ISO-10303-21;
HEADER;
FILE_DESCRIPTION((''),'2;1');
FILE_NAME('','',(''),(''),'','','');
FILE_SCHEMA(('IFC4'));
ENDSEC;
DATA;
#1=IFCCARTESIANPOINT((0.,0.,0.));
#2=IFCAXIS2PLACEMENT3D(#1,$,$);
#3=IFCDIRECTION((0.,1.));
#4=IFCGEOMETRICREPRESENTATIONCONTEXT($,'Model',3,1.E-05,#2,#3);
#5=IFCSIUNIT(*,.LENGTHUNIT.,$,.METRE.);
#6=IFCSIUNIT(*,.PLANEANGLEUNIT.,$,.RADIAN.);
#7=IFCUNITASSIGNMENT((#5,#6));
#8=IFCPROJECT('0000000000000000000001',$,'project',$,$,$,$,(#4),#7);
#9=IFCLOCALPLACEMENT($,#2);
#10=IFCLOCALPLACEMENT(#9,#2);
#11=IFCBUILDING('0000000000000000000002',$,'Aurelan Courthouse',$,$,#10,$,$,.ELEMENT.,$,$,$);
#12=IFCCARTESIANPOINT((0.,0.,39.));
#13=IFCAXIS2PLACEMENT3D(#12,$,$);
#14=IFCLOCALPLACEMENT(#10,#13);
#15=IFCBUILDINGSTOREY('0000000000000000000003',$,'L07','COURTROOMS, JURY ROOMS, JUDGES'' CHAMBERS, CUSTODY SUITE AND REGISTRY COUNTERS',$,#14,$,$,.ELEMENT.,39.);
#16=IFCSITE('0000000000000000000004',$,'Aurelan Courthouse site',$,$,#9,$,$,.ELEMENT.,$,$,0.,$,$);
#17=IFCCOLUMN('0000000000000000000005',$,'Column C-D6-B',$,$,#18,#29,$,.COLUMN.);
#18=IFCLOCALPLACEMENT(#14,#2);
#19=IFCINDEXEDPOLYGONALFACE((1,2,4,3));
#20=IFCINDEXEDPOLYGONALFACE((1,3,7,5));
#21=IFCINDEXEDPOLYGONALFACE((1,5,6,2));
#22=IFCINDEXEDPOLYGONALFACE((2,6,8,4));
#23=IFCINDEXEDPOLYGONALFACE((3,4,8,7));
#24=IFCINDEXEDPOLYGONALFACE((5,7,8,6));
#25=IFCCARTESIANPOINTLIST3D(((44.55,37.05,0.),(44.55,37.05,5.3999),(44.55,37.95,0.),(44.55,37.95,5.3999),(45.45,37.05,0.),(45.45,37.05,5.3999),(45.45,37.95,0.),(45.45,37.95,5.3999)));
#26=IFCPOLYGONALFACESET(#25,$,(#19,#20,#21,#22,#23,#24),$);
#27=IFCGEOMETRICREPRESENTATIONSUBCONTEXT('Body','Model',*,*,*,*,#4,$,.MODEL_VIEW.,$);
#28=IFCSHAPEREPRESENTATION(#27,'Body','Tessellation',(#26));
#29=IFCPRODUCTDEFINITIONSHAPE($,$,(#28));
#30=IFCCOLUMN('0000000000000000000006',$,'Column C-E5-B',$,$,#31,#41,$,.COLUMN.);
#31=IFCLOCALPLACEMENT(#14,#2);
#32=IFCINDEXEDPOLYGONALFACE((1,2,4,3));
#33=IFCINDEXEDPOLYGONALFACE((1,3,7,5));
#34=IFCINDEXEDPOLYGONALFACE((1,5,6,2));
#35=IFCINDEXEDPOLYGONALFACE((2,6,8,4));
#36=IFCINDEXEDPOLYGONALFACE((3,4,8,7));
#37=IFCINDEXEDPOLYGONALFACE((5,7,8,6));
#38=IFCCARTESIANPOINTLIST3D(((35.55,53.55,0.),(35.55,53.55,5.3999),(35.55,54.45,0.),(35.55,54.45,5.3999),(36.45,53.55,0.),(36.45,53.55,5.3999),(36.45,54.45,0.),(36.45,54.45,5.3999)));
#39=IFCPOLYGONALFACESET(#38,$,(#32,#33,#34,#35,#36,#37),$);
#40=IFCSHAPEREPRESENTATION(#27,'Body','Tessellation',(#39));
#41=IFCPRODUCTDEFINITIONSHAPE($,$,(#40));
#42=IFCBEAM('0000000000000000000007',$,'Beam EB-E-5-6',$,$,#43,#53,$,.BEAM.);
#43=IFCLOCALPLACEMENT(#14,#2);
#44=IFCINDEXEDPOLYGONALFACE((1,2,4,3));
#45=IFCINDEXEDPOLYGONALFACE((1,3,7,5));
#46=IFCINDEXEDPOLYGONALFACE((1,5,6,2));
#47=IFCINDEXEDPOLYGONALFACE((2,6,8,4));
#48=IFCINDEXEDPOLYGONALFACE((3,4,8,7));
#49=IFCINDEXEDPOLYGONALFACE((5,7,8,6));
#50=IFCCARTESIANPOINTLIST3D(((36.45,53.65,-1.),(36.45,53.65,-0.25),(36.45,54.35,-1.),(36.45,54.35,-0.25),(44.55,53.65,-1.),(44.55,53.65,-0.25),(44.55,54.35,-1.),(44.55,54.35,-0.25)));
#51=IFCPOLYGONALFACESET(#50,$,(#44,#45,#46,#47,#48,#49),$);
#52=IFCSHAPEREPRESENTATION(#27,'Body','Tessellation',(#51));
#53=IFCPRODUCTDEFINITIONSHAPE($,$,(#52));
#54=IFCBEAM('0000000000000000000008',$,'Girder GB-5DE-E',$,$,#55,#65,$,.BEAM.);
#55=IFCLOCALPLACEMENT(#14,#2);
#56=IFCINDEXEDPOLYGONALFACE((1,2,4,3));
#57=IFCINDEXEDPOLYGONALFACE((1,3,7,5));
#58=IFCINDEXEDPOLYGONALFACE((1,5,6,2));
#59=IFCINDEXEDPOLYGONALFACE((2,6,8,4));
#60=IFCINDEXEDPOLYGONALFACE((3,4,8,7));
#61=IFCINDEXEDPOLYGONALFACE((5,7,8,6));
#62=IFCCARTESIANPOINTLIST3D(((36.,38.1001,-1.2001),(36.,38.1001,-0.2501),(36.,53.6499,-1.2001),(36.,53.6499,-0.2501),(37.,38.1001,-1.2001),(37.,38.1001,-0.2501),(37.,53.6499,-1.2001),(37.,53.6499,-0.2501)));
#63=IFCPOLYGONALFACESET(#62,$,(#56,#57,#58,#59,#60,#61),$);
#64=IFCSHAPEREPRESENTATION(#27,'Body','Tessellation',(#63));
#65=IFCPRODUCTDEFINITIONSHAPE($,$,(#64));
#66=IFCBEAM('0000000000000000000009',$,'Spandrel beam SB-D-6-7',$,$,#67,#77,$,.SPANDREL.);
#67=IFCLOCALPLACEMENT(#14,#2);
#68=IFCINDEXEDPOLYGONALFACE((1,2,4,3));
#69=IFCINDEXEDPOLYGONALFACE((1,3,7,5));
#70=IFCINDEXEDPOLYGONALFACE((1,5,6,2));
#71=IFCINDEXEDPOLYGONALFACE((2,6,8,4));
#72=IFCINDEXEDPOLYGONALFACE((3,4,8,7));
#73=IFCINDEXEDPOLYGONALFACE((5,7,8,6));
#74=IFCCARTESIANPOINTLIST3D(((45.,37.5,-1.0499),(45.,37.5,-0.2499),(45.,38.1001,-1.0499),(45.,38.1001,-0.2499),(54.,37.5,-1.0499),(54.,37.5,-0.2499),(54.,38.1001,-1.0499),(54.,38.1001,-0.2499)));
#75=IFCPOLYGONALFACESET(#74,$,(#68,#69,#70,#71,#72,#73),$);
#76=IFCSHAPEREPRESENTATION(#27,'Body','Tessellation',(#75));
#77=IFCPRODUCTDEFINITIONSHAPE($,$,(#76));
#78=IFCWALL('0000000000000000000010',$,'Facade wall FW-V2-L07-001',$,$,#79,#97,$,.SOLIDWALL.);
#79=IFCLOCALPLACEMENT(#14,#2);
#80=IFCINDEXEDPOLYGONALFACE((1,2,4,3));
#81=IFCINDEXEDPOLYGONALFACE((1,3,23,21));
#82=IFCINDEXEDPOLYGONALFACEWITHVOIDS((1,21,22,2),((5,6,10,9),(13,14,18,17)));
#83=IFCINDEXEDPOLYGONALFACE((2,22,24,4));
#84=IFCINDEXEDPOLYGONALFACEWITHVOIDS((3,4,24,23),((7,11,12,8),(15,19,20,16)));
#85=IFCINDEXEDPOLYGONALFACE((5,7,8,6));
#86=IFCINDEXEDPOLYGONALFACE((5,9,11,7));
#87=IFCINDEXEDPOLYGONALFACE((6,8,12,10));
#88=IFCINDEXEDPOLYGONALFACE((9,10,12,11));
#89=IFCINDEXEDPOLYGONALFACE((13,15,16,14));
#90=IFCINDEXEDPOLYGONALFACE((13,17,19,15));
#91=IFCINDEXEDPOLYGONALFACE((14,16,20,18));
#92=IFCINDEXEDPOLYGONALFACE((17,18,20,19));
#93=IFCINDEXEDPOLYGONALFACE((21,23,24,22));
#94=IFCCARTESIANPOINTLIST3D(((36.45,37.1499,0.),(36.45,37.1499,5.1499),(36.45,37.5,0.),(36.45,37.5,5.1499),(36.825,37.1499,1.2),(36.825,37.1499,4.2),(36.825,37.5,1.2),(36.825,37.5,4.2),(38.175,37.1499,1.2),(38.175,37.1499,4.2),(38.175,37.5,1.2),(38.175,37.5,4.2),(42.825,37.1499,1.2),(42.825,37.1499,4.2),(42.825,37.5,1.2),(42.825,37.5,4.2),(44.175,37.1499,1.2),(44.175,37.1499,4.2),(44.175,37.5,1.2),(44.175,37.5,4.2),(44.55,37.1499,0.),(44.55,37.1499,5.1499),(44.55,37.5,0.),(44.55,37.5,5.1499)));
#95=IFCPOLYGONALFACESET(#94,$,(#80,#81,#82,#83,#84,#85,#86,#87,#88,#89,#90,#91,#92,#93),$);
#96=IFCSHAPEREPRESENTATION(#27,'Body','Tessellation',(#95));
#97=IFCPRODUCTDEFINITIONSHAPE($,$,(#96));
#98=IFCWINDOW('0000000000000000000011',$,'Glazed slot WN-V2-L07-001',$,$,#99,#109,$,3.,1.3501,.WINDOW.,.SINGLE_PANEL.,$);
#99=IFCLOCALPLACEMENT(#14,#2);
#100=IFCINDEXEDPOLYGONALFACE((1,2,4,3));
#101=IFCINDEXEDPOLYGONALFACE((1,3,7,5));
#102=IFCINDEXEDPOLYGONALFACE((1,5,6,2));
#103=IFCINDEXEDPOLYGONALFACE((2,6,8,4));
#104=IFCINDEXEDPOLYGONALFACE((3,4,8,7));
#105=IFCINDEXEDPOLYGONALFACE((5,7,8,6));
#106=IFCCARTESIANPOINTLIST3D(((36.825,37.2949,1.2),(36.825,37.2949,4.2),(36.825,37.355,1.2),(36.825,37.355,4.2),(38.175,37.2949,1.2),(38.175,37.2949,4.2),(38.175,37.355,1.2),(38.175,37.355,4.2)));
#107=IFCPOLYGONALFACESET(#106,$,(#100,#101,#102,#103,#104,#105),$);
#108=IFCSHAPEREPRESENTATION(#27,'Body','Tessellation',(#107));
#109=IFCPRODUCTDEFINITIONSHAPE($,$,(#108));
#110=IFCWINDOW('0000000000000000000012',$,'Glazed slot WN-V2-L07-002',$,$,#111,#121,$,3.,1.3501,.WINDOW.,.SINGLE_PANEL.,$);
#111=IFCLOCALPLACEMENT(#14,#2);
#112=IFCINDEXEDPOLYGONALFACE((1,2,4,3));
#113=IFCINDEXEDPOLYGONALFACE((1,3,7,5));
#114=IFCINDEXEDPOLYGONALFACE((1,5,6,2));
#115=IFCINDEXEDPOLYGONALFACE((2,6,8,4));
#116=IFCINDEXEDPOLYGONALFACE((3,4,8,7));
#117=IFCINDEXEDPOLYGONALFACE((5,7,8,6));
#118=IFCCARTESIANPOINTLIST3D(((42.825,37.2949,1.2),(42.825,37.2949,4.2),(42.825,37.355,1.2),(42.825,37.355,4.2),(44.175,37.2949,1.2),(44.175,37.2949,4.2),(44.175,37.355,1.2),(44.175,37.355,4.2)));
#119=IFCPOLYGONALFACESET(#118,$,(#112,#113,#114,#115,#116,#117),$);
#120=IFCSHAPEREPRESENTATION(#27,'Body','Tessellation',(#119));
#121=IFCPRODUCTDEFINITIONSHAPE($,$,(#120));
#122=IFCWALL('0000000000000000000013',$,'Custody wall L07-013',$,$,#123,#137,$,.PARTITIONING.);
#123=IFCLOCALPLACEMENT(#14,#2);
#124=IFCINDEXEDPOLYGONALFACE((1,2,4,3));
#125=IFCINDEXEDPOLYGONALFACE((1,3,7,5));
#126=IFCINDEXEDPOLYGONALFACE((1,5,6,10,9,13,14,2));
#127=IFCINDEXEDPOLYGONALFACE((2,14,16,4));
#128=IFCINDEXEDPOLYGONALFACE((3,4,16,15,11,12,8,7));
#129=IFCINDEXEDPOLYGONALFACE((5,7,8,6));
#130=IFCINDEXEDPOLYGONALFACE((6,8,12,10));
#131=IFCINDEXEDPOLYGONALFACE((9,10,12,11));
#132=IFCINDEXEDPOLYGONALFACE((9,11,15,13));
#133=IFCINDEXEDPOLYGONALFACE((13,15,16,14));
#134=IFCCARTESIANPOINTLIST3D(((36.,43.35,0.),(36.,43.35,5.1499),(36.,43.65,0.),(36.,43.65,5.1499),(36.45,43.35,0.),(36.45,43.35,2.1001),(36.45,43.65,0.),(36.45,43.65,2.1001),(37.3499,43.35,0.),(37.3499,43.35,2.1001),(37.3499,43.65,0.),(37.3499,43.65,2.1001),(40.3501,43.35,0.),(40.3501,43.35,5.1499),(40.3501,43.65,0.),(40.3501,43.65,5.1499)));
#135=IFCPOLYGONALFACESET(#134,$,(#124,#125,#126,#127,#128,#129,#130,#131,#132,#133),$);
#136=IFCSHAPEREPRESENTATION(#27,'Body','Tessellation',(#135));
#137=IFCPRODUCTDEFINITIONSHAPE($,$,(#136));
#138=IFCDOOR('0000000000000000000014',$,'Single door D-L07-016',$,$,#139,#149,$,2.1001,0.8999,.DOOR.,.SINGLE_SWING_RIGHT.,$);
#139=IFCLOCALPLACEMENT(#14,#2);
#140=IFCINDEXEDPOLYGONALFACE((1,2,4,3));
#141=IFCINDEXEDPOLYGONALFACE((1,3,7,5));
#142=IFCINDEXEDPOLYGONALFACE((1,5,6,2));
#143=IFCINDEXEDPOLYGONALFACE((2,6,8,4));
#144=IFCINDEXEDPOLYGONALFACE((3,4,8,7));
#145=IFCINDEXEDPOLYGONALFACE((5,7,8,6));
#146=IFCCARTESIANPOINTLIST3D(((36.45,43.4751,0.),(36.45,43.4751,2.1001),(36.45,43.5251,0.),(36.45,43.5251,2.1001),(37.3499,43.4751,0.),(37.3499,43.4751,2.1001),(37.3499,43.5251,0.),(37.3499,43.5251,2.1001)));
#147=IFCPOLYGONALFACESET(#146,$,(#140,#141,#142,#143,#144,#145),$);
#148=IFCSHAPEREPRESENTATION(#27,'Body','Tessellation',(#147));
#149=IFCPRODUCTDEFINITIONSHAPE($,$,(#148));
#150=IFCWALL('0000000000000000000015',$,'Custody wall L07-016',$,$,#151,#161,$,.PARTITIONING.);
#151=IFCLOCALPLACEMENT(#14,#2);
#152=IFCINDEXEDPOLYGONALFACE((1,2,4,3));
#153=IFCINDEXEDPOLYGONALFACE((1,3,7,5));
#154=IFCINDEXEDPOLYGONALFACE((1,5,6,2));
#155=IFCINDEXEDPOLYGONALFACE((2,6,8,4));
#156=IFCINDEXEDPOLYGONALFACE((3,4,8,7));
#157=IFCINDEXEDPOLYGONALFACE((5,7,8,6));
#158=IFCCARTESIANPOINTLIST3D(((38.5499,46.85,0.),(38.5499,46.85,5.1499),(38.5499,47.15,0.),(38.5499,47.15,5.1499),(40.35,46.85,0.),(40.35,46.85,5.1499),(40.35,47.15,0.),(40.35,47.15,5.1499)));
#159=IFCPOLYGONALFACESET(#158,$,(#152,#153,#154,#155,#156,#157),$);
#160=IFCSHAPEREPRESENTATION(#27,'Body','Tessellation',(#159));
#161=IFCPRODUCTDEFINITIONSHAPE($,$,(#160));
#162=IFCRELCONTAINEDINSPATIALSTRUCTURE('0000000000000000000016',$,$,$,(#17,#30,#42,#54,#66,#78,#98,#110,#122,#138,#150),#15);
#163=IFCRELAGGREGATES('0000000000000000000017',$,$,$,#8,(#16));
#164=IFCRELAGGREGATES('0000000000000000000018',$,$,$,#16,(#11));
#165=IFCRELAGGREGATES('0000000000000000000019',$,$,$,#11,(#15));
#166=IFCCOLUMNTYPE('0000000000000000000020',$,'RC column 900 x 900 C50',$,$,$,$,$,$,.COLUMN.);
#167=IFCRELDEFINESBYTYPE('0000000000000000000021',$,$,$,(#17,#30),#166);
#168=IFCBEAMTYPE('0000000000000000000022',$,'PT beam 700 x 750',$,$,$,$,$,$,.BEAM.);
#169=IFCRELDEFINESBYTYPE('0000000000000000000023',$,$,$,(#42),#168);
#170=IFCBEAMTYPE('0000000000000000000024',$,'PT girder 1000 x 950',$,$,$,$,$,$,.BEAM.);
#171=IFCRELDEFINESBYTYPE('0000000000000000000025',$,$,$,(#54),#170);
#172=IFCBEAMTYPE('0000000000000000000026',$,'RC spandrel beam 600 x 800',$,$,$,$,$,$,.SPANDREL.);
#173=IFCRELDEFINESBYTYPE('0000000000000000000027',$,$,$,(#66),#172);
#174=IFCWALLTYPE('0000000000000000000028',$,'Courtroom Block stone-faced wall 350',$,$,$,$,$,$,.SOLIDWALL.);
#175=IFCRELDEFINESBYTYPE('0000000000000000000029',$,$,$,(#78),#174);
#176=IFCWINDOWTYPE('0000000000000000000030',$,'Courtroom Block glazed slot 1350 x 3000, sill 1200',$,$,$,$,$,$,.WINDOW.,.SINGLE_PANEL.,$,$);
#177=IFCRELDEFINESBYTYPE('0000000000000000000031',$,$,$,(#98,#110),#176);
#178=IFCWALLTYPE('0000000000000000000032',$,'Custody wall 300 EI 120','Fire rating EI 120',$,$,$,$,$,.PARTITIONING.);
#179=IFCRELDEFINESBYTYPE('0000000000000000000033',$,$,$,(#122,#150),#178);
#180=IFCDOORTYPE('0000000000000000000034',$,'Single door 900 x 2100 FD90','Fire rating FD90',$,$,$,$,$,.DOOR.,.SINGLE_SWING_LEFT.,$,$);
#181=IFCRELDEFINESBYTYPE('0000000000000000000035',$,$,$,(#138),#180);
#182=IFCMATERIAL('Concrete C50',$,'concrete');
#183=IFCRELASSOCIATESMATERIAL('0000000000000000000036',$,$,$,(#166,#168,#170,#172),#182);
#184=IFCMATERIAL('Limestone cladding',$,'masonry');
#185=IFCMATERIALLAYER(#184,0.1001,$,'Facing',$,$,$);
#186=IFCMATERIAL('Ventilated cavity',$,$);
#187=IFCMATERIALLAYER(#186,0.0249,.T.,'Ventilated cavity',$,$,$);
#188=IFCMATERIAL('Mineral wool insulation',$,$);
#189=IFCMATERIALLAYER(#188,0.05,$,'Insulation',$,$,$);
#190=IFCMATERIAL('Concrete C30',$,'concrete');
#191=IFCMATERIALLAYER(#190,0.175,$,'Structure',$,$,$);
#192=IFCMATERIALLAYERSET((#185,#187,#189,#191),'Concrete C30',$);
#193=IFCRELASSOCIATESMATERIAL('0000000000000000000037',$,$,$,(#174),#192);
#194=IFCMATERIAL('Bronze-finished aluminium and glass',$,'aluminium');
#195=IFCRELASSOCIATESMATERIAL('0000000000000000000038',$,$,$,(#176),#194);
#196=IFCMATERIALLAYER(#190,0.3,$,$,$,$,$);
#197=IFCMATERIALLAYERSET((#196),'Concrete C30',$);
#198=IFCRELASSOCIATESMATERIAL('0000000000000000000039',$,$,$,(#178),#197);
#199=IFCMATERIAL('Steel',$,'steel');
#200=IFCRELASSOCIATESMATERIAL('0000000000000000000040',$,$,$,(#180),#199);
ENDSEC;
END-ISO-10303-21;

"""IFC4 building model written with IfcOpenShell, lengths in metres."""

from ifc_helpers import new_model, si_unit, direction, frame, frame_2d, origin, origin_2d, place, context, subcontext, project, spatial, rectangle, extrude, material, layer, layer_set, material_profile, profile_set, type_object, element, fill, save


model = new_model("IFC4")

# Units and contexts
model_context = context("Model", 3, precision=1e-05, world=origin(), true_north=direction((0.0, 1.0)))
body_context = subcontext(model_context, "Body", "Model", "MODEL_VIEW")
ifc_project = project(units=[si_unit("LENGTHUNIT", "METRE"), si_unit("PLANEANGLEUNIT", "RADIAN")], contexts=[model_context])

# Site, building, storey
site_placement = place(None, origin())
site = spatial("IfcSite", under=ifc_project, at=site_placement, Name="Aurelan Courthouse site", CompositionType="ELEMENT", RefElevation=0.0)
building_placement = place(site_placement, origin())
building = spatial("IfcBuilding", under=site, at=building_placement, Name="Aurelan Courthouse", CompositionType="ELEMENT")
storey_placement = place(building_placement, frame((0.0, 0.0, 39.0)))
storey = spatial("IfcBuildingStorey", under=building, at=storey_placement, Name="L07", Description="COURTROOMS, JURY ROOMS, JUDGES' CHAMBERS, CUSTODY SUITE AND REGISTRY COUNTERS", CompositionType="ELEMENT", Elevation=39.0)

# Columns
ifc_material_1 = material(Name="Concrete C50", Category="concrete")
ifc_material_profile_1 = material_profile(ifc_material_1, rectangle(XDim=0.8999, YDim=0.8999, at=origin_2d()), Name="RC 900 x 900")
ifc_profile_set_1 = profile_set([ifc_material_profile_1], Name="Concrete C50")
column_type = type_object("IfcColumnType", Name="RC column 900 x 900 C50", PredefinedType="COLUMN", material=ifc_profile_set_1)
for number, where, z_axis, x_axis, name in (
    (1, (45.0, 37.5, 0.0), (0.0, 0.0, 1.0), (1.0, 0.0, 0.0), "Column C-D6-B"),
    (2, (36.0, 54.0, 0.0), (0.0, 0.0, 1.0), (1.0, 0.0, 0.0), "Column C-E5-B"),
):
    element("IfcColumn", number, at=place(storey_placement, frame(where, z_axis=z_axis, x_axis=x_axis)), inside=storey, type_object=column_type, Name=name, PredefinedType="COLUMN", context=body_context, shape_type="SweptSolid", body=[
        extrude(rectangle(XDim=0.8999, YDim=0.8999, at=origin_2d()), origin(), (0.0, 0.0, 1.0), 5.3999),
    ])

# Beams
ifc_material_profile_2 = material_profile(ifc_material_1, rectangle(XDim=0.7, YDim=0.75, at=origin_2d()), Name="RC 700 x 750")
ifc_profile_set_2 = profile_set([ifc_material_profile_2], Name="Concrete C50")
beam_type_1 = type_object("IfcBeamType", Name="PT beam 700 x 750", PredefinedType="BEAM", material=ifc_profile_set_2)
beam_1_placement = place(storey_placement, frame((36.45, 54.0, -0.625), z_axis=(1.0, 0.0, 0.0), x_axis=(0.0, 1.0, 0.0)))
element("IfcBeam", 3, at=beam_1_placement, inside=storey, type_object=beam_type_1, Name="Beam EB-E-5-6", PredefinedType="BEAM", context=body_context, shape_type="SweptSolid", body=[
    extrude(rectangle(XDim=0.7, YDim=0.75, at=origin_2d()), origin(), (0.0, 0.0, 1.0), 8.1001),
])
ifc_material_profile_3 = material_profile(ifc_material_1, rectangle(XDim=1.0, YDim=0.95, at=origin_2d()), Name="RC 1000 x 950")
ifc_profile_set_3 = profile_set([ifc_material_profile_3], Name="Concrete C50")
beam_type_2 = type_object("IfcBeamType", Name="PT girder 1000 x 950", PredefinedType="BEAM", material=ifc_profile_set_3)
beam_2_placement = place(storey_placement, frame((36.5, 38.1001, -0.7251), z_axis=(0.0, 1.0, 0.0), x_axis=(-1.0, 0.0, 0.0)))
element("IfcBeam", 4, at=beam_2_placement, inside=storey, type_object=beam_type_2, Name="Girder GB-5DE-E", PredefinedType="BEAM", context=body_context, shape_type="SweptSolid", body=[
    extrude(rectangle(XDim=1.0, YDim=0.95, at=origin_2d()), origin(), (0.0, 0.0, 1.0), 15.5498),
])
ifc_material_profile_4 = material_profile(ifc_material_1, rectangle(XDim=0.6001, YDim=0.8, at=origin_2d()), Name="RC 600 x 800")
ifc_profile_set_4 = profile_set([ifc_material_profile_4], Name="Concrete C50")
beam_type_3 = type_object("IfcBeamType", Name="RC spandrel beam 600 x 800", PredefinedType="SPANDREL", material=ifc_profile_set_4)
beam_3_placement = place(storey_placement, frame((45.0, 37.8, -0.6499), z_axis=(1.0, 0.0, 0.0), x_axis=(0.0, 1.0, 0.0)))
element("IfcBeam", 5, at=beam_3_placement, inside=storey, type_object=beam_type_3, Name="Spandrel beam SB-D-6-7", PredefinedType="SPANDREL", context=body_context, shape_type="SweptSolid", body=[
    extrude(rectangle(XDim=0.6001, YDim=0.8, at=origin_2d()), origin(), (0.0, 0.0, 1.0), 9.0),
])

# Wall, openings, windows
ifc_material_2 = material(Name="Limestone cladding", Category="masonry")
ifc_layer_1 = layer(ifc_material_2, 0.1001, Name="Facing")
ifc_material_3 = material(Name="Ventilated cavity")
ifc_layer_2 = layer(ifc_material_3, 0.0249, ventilated=True, Name="Ventilated cavity")
ifc_material_4 = material(Name="Mineral wool insulation")
ifc_layer_3 = layer(ifc_material_4, 0.05, Name="Insulation")
ifc_material_5 = material(Name="Concrete C30", Category="concrete")
ifc_layer_4 = layer(ifc_material_5, 0.175, Name="Structure")
ifc_layer_set_1 = layer_set([ifc_layer_1, ifc_layer_2, ifc_layer_3, ifc_layer_4], Name="Concrete C30")
wall_type_1 = type_object("IfcWallType", Name="Courtroom Block stone-faced wall 350", PredefinedType="SOLIDWALL", material=ifc_layer_set_1)
wall_1_placement = place(storey_placement, frame((36.45, 37.325, 0.0), z_axis=(0.0, 0.0, 1.0), x_axis=(1.0, 0.0, 0.0)))
wall_1 = element("IfcWall", 6, at=wall_1_placement, inside=storey, type_object=wall_type_1, Name="Facade wall FW-V2-L07-001", PredefinedType="SOLIDWALL", context=body_context, shape_type="SweptSolid", body=[
    extrude(rectangle(XDim=8.1001, YDim=0.3501, at=frame_2d((4.05, 0.0))), origin(), (0.0, 0.0, 1.0), 5.1499),
])
opening_1_placement = place(wall_1_placement, frame((0.375, 0.0, 1.2)))
opening_1 = element("IfcOpeningElement", 7, at=opening_1_placement, cuts=wall_1, PredefinedType="OPENING", context=body_context, shape_type="SweptSolid", body=[
    extrude(rectangle(XDim=1.3501, YDim=3.0, at=frame_2d((0.675, 1.5))), frame((0.0, 0.1851, 0.0), z_axis=(0.0, -1.0, 0.0), x_axis=(1.0, 0.0, 0.0)), (0.0, 0.0, 1.0), 0.3701),
])
opening_2_placement = place(wall_1_placement, frame((6.375, 0.0, 1.2)))
opening_2 = element("IfcOpeningElement", 8, at=opening_2_placement, cuts=wall_1, PredefinedType="OPENING", context=body_context, shape_type="SweptSolid", body=[
    extrude(rectangle(XDim=1.3501, YDim=3.0, at=frame_2d((0.675, 1.5))), frame((0.0, 0.1851, 0.0), z_axis=(0.0, -1.0, 0.0), x_axis=(1.0, 0.0, 0.0)), (0.0, 0.0, 1.0), 0.3701),
])
ifc_material_6 = material(Name="Bronze-finished aluminium and glass", Category="aluminium")
window_type = type_object("IfcWindowType", Name="Courtroom Block glazed slot 1350 x 3000, sill 1200", PartitioningType="SINGLE_PANEL", PredefinedType="WINDOW", material=ifc_material_6)
window_1_placement = place(opening_1_placement, origin())
window_1 = element("IfcWindow", 9, at=window_1_placement, inside=storey, type_object=window_type, Name="Glazed slot WN-V2-L07-001", OverallHeight=3.0, OverallWidth=1.3501, PartitioningType="SINGLE_PANEL", PredefinedType="WINDOW", context=body_context, shape_type="SweptSolid", body=[
    extrude(rectangle(XDim=1.3501, YDim=3.0, at=frame_2d((0.675, 1.5))), frame((0.0, 0.03, 0.0), z_axis=(0.0, -1.0, 0.0), x_axis=(1.0, 0.0, 0.0)), (0.0, 0.0, 1.0), 0.0601),
])
fill(opening_1, window_1)
window_2_placement = place(opening_2_placement, origin())
window_2 = element("IfcWindow", 10, at=window_2_placement, inside=storey, type_object=window_type, Name="Glazed slot WN-V2-L07-002", OverallHeight=3.0, OverallWidth=1.3501, PartitioningType="SINGLE_PANEL", PredefinedType="WINDOW", context=body_context, shape_type="SweptSolid", body=[
    extrude(rectangle(XDim=1.3501, YDim=3.0, at=frame_2d((0.675, 1.5))), frame((0.0, 0.03, 0.0), z_axis=(0.0, -1.0, 0.0), x_axis=(1.0, 0.0, 0.0)), (0.0, 0.0, 1.0), 0.0601),
])
fill(opening_2, window_2)

# Wall, opening, door
ifc_layer_5 = layer(ifc_material_5, 0.3)
ifc_layer_set_2 = layer_set([ifc_layer_5], Name="Concrete C30")
wall_type_2 = type_object("IfcWallType", Name="Custody wall 300 EI 120", Description="Fire rating EI 120", PredefinedType="PARTITIONING", material=ifc_layer_set_2)
wall_2_placement = place(storey_placement, frame((36.0, 43.5, 0.0), z_axis=(0.0, 0.0, 1.0), x_axis=(1.0, 0.0, 0.0)))
wall_2 = element("IfcWall", 11, at=wall_2_placement, inside=storey, type_object=wall_type_2, Name="Custody wall L07-013", PredefinedType="PARTITIONING", context=body_context, shape_type="SweptSolid", body=[
    extrude(rectangle(XDim=4.3501, YDim=0.3, at=frame_2d((2.175, 0.0))), origin(), (0.0, 0.0, 1.0), 5.1499),
])
opening_3_placement = place(wall_2_placement, frame((1.3499, 0.0, 0.0), z_axis=(0.0, 0.0, 1.0), x_axis=(-1.0, 0.0, 0.0)))
opening_3 = element("IfcOpeningElement", 12, at=opening_3_placement, cuts=wall_2, PredefinedType="OPENING", context=body_context, shape_type="SweptSolid", body=[
    extrude(rectangle(XDim=0.8999, YDim=2.1001, at=frame_2d((0.45, 1.05))), frame((0.0, 0.1599, 0.0), z_axis=(0.0, -1.0, 0.0), x_axis=(1.0, 0.0, 0.0)), (0.0, 0.0, 1.0), 0.3201),
])
ifc_material_7 = material(Name="Steel", Category="steel")
door_type_1 = type_object("IfcDoorType", Name="Single door 900 x 2100 FD90", Description="Fire rating FD90", OperationType="SINGLE_SWING_LEFT", PredefinedType="DOOR", material=ifc_material_7)
door_1_placement = place(opening_3_placement, origin())
door_1 = element("IfcDoor", 13, at=door_1_placement, inside=storey, type_object=door_type_1, Name="Single door D-L07-016", OperationType="SINGLE_SWING_RIGHT", OverallHeight=2.1001, OverallWidth=0.8999, PredefinedType="DOOR", context=body_context, shape_type="SweptSolid", body=[
    extrude(rectangle(XDim=0.8999, YDim=2.1001, at=frame_2d((0.45, 1.05))), frame((0.0, 0.0249, 0.0), z_axis=(0.0, -1.0, 0.0), x_axis=(1.0, 0.0, 0.0)), (0.0, 0.0, 1.0), 0.05),
])
fill(opening_3, door_1)

# Wall
for number, where, z_axis, x_axis, name in (
    (14, (38.55, 47.0, 0.0), (0.0, 0.0, 1.0), (1.0, 0.0, 0.0), "Custody wall L07-016"),
):
    element("IfcWall", number, at=place(storey_placement, frame(where, z_axis=z_axis, x_axis=x_axis)), inside=storey, type_object=wall_type_2, Name=name, PredefinedType="PARTITIONING", context=body_context, shape_type="SweptSolid", body=[
        extrude(rectangle(XDim=1.8, YDim=0.3, at=frame_2d((0.8999, 0.0))), origin(), (0.0, 0.0, 1.0), 5.1499),
    ])

save(model, "model.ifc")
